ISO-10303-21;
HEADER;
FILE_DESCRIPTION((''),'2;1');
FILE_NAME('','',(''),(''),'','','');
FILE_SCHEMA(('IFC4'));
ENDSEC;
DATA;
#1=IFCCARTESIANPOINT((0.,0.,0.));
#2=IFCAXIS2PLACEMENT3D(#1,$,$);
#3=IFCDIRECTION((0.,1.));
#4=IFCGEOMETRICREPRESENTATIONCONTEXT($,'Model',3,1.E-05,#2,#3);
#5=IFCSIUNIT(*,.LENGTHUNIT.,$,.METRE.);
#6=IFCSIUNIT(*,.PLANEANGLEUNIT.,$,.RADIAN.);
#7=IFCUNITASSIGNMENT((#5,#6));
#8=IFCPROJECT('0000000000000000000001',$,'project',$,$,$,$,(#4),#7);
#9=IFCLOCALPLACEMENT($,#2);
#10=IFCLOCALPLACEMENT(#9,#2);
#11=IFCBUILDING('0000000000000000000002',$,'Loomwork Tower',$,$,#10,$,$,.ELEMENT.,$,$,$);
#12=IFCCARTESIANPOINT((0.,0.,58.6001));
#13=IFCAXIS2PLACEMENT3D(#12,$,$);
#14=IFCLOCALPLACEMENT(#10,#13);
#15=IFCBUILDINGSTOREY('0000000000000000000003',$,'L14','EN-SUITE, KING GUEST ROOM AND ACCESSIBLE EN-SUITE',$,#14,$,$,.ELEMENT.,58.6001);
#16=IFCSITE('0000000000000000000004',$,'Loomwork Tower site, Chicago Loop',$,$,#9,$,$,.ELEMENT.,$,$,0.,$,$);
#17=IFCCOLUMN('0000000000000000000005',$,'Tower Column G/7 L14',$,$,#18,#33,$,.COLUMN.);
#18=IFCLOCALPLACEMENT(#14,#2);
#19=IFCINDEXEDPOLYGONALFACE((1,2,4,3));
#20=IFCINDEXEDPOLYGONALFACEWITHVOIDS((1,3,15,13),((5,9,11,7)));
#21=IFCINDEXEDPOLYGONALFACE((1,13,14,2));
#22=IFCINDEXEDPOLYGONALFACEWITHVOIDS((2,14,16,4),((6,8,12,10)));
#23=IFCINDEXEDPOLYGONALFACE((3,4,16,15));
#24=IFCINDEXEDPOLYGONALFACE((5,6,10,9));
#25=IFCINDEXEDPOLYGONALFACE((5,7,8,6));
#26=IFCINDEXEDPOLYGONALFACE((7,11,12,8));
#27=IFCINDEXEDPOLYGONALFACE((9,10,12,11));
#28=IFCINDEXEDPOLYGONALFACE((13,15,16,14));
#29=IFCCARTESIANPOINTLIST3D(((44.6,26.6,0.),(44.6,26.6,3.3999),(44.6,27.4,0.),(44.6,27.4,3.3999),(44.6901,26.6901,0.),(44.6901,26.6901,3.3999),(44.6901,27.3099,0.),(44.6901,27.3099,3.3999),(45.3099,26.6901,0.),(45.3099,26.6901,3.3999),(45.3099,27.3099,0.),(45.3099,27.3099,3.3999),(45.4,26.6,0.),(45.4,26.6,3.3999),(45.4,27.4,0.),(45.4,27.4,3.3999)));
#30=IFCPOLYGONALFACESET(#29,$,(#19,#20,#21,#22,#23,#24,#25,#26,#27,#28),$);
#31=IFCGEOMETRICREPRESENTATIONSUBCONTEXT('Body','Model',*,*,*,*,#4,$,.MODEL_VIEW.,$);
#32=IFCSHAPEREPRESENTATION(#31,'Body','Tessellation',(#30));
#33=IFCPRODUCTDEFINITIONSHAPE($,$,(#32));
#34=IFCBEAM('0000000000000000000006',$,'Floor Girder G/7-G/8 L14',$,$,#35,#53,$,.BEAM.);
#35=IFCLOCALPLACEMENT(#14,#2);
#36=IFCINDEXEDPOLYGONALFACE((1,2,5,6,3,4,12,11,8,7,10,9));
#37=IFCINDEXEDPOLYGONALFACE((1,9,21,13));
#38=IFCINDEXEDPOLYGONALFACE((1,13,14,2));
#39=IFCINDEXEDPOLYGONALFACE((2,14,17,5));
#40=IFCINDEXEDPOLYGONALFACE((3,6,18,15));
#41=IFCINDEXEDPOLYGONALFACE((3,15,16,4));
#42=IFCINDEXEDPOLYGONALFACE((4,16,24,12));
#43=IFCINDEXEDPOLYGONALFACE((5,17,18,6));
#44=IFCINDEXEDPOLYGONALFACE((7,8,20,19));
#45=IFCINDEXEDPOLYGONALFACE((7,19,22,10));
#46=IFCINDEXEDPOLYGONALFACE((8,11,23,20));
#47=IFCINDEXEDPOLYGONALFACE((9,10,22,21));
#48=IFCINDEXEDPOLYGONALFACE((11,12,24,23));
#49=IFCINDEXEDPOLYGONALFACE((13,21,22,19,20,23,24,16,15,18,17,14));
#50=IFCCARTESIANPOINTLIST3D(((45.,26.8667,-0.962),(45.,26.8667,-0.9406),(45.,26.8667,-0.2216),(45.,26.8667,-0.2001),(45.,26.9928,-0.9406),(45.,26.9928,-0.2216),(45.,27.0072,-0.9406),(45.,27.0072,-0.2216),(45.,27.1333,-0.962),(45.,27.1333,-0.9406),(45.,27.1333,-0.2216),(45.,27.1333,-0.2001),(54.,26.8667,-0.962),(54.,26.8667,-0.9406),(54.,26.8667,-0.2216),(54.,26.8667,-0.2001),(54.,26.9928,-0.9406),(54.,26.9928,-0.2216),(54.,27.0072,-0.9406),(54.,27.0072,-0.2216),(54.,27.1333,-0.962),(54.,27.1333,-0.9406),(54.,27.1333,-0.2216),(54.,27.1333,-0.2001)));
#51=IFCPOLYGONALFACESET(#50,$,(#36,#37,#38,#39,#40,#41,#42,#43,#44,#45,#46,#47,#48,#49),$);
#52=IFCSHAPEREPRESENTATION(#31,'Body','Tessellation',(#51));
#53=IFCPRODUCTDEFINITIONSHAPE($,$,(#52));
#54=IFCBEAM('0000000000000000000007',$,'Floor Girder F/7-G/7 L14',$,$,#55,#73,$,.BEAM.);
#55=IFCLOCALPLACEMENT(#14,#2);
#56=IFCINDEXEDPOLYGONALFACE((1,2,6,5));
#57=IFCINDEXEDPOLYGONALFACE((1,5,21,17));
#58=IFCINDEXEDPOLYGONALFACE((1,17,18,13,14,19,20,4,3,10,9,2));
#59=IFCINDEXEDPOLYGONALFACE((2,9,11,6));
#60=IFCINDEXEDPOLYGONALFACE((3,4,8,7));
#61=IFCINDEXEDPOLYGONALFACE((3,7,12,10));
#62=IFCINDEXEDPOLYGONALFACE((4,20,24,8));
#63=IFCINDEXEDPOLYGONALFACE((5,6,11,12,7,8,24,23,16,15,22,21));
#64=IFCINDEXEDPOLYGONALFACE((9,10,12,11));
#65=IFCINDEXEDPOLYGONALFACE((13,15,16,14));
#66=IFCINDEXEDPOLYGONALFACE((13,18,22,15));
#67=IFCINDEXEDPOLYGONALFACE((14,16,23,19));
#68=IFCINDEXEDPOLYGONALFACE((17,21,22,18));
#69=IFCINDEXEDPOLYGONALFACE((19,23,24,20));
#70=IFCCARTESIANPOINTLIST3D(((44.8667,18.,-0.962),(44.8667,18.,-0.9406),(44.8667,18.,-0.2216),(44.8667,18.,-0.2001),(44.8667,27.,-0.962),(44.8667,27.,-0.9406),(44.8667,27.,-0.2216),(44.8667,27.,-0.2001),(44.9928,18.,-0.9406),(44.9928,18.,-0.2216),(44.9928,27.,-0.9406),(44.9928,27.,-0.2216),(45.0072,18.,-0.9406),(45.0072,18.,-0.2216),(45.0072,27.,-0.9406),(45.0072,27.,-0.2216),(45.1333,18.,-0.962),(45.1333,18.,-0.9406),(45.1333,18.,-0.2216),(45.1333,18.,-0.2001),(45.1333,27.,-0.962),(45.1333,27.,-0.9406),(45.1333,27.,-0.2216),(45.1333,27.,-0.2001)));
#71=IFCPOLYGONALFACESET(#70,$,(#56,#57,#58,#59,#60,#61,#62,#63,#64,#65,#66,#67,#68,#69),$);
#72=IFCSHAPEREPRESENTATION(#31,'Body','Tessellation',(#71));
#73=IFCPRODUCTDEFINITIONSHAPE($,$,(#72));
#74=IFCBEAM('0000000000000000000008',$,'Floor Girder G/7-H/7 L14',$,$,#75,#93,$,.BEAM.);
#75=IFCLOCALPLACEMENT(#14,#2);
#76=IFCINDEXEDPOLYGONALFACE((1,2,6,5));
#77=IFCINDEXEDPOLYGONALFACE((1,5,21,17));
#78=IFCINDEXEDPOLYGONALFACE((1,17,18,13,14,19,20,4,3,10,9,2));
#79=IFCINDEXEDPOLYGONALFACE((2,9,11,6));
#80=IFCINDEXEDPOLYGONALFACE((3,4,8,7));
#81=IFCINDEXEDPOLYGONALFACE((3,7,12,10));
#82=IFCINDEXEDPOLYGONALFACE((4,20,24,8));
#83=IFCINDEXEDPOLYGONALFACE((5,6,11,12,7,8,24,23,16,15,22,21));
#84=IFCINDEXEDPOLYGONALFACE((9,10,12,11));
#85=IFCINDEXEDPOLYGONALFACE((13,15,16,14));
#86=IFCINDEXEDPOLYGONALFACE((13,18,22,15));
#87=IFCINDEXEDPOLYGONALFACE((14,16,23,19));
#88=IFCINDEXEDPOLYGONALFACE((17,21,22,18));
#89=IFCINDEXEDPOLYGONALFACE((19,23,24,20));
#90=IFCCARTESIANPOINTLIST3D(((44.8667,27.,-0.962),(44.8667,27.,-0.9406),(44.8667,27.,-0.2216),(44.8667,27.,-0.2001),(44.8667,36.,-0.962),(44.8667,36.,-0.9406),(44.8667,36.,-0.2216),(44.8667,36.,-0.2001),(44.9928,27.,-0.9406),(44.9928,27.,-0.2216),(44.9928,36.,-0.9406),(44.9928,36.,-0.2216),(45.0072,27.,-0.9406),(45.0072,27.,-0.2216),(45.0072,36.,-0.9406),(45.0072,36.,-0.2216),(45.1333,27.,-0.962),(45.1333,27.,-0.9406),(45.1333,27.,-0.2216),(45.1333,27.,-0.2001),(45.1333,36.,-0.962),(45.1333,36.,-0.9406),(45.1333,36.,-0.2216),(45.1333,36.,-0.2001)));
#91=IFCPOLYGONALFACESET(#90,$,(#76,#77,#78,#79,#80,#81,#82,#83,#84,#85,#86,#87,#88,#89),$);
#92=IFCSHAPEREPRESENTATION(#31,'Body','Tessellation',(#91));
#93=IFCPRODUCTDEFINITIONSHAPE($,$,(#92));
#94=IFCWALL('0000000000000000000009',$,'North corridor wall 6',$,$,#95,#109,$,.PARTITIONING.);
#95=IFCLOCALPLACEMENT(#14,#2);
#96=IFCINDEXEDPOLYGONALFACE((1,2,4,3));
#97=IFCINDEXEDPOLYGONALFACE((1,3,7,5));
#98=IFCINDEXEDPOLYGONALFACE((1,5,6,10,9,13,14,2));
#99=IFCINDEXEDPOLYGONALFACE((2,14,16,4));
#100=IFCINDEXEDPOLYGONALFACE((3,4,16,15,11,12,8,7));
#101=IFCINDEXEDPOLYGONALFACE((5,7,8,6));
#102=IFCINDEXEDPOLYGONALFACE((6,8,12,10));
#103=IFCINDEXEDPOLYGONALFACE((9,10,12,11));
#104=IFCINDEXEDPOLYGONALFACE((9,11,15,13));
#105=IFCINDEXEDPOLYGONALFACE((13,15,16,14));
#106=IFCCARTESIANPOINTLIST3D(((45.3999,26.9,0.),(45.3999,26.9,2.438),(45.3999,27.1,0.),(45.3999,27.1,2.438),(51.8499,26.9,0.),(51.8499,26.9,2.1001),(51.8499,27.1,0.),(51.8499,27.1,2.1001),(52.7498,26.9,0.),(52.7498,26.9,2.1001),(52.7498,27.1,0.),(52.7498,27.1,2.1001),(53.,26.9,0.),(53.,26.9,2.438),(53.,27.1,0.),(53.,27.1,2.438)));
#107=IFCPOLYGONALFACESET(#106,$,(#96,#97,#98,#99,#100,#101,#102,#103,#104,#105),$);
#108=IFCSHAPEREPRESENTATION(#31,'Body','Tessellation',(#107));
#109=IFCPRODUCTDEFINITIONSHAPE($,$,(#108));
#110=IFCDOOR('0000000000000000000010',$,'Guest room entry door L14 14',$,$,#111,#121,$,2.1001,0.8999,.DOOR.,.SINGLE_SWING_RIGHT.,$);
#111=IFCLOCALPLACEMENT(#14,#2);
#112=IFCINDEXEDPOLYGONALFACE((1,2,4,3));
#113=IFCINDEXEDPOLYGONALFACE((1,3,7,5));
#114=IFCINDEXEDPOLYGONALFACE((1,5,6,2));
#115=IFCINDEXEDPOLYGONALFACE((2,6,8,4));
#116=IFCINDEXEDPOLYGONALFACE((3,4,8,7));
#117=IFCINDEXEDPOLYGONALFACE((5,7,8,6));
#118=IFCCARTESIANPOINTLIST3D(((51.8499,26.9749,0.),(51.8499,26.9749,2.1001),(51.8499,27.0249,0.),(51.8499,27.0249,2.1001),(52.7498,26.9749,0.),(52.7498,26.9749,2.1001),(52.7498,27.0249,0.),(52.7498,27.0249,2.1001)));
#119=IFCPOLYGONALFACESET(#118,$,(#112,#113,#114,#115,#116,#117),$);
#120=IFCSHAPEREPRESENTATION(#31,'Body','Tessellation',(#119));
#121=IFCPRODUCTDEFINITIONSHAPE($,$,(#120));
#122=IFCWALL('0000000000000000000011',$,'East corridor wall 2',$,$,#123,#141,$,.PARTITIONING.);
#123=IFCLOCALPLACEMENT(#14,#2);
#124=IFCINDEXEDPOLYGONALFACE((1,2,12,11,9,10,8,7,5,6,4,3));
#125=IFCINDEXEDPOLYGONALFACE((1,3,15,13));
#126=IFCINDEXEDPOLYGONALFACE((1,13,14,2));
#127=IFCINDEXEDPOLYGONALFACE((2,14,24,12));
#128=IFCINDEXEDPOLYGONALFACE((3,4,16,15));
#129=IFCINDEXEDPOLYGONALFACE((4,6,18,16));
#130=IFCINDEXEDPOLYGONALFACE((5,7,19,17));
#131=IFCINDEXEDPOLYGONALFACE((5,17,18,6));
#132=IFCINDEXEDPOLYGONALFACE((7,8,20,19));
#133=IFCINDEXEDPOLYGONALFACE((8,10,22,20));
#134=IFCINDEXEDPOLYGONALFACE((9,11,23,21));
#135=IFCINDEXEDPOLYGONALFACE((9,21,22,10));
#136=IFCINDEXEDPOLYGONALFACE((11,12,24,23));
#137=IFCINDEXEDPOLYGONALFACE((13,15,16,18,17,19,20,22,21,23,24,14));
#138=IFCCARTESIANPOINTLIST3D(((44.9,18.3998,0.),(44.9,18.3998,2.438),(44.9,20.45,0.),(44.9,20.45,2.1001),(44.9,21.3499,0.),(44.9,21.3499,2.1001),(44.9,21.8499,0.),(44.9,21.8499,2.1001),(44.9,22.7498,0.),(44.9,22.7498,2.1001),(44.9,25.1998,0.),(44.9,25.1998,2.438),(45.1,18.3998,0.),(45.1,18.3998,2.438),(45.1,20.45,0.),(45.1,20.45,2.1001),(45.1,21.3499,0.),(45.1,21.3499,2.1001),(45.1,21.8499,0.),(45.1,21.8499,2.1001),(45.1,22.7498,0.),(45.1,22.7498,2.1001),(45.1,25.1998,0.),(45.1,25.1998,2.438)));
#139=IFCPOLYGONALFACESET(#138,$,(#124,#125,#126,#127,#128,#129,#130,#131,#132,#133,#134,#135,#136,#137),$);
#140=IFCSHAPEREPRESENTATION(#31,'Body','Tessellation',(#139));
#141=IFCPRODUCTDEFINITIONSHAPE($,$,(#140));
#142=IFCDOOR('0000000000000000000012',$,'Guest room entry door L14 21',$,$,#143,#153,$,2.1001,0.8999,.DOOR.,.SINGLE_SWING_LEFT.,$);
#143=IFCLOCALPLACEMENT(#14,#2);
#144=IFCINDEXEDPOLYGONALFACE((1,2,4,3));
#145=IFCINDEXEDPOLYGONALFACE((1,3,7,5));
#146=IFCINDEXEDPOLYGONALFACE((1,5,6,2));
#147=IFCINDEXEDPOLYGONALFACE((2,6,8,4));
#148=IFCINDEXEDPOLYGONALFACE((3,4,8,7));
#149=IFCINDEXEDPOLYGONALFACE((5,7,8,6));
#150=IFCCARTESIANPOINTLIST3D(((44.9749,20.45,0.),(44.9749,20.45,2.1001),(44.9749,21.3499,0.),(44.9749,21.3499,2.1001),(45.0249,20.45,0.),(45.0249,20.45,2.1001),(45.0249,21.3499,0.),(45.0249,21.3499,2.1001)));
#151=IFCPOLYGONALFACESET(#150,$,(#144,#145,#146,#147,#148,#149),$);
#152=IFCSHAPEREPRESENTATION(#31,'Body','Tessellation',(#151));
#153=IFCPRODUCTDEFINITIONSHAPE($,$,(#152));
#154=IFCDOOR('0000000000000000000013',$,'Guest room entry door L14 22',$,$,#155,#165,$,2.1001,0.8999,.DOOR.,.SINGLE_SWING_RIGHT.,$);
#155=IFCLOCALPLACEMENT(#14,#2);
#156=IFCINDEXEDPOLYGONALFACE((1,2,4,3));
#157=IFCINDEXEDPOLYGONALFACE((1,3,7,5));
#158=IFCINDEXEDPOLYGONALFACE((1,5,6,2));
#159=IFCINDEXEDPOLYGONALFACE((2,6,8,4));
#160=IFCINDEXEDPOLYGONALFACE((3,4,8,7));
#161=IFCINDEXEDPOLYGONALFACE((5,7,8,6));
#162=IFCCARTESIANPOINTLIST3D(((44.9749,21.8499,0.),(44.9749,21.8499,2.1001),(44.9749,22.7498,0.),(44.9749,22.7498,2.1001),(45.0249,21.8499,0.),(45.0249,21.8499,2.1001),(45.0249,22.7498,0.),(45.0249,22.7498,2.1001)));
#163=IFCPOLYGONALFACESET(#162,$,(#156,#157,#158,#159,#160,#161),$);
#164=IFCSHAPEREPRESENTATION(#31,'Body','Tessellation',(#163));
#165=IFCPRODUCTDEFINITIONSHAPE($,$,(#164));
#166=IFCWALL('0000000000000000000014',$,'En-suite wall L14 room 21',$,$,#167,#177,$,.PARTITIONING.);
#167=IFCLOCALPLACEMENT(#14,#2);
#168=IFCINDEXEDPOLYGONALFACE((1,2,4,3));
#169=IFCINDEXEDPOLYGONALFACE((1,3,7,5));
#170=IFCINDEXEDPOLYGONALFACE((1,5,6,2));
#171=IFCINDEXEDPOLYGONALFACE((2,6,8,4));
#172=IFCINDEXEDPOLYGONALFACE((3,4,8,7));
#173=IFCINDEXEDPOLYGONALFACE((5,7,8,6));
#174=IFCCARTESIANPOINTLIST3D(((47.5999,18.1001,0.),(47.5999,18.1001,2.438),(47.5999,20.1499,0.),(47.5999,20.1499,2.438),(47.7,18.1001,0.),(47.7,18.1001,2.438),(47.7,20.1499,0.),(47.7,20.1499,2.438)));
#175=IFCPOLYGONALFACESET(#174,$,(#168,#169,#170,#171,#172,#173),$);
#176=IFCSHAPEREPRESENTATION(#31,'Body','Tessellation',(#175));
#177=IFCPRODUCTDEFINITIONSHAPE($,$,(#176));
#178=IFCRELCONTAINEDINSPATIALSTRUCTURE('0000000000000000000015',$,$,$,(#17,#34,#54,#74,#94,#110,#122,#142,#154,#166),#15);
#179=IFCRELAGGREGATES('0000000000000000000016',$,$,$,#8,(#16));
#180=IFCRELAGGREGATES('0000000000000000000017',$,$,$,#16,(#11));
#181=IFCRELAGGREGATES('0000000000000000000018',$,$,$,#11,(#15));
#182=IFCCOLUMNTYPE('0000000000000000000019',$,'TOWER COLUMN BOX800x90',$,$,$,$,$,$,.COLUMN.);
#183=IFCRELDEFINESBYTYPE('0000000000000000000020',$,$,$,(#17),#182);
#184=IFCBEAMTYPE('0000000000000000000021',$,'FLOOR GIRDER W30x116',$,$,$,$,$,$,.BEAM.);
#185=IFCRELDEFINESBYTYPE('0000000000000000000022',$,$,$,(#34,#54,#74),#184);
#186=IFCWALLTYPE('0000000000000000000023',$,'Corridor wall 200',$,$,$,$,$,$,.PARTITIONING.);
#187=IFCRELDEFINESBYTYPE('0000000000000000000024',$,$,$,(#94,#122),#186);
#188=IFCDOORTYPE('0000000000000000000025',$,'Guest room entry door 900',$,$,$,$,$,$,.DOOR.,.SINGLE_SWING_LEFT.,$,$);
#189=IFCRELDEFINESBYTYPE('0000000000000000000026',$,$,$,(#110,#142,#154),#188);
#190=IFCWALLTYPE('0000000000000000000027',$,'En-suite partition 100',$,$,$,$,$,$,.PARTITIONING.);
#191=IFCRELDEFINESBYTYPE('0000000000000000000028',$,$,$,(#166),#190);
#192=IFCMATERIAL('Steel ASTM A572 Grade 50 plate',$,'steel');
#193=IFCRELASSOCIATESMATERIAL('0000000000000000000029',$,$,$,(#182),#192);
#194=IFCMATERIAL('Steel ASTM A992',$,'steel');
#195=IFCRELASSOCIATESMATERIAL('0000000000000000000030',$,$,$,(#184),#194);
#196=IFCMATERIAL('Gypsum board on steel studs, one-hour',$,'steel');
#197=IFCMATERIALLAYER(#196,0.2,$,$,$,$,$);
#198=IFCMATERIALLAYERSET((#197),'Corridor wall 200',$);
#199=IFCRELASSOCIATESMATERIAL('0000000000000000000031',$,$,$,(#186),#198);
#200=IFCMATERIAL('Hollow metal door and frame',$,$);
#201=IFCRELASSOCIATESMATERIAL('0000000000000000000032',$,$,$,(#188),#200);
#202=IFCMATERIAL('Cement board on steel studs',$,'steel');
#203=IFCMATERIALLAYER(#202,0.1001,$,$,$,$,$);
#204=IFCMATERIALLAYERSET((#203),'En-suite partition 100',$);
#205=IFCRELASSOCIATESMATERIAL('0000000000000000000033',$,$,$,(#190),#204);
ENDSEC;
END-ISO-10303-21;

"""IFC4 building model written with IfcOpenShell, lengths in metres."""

from ifc_helpers import new_model, si_unit, direction, frame, frame_2d, origin, origin_2d, place, context, subcontext, project, spatial, rectangle, hollow_rectangle, i_section, extrude, material, layer, layer_set, material_profile, profile_set, type_object, element, fill, save


model = new_model("IFC4")

# Units and contexts
model_context = context("Model", 3, precision=1e-05, world=origin(), true_north=direction((0.0, 1.0)))
body_context = subcontext(model_context, "Body", "Model", "MODEL_VIEW")
ifc_project = project(units=[si_unit("LENGTHUNIT", "METRE"), si_unit("PLANEANGLEUNIT", "RADIAN")], contexts=[model_context])

# Site, building, storey
site_placement = place(None, origin())
site = spatial("IfcSite", under=ifc_project, at=site_placement, Name="Loomwork Tower site, Chicago Loop", CompositionType="ELEMENT", RefElevation=0.0)
building_placement = place(site_placement, origin())
building = spatial("IfcBuilding", under=site, at=building_placement, Name="Loomwork Tower", CompositionType="ELEMENT")
storey_placement = place(building_placement, frame((0.0, 0.0, 58.6001)))
storey = spatial("IfcBuildingStorey", under=building, at=storey_placement, Name="L14", Description="EN-SUITE, KING GUEST ROOM AND ACCESSIBLE EN-SUITE", CompositionType="ELEMENT", Elevation=58.6001)

# Column
ifc_material_1 = material(Name="Steel ASTM A572 Grade 50 plate", Category="steel")
ifc_material_profile_1 = material_profile(ifc_material_1, hollow_rectangle(XDim=0.8, YDim=0.8, WallThickness=0.0901, at=origin_2d()), Name="BOX800x90")
ifc_profile_set_1 = profile_set([ifc_material_profile_1], Name="Steel ASTM A572 Grade 50 plate")
column_type = type_object("IfcColumnType", Name="TOWER COLUMN BOX800x90", PredefinedType="COLUMN", material=ifc_profile_set_1)
column_placement = place(storey_placement, frame((45.0, 27.0, 0.0), z_axis=(0.0, 0.0, 1.0), x_axis=(0.0, 1.0, 0.0)))
element("IfcColumn", 1, at=column_placement, inside=storey, type_object=column_type, Name="Tower Column G/7 L14", PredefinedType="COLUMN", context=body_context, shape_type="SweptSolid", body=[
    extrude(hollow_rectangle(XDim=0.8, YDim=0.8, WallThickness=0.0901, at=origin_2d()), origin(), (0.0, 0.0, 1.0), 3.3999),
])

# Beams
ifc_material_2 = material(Name="Steel ASTM A992", Category="steel")
ifc_material_profile_2 = material_profile(ifc_material_2, i_section(OverallWidth=0.2666, OverallDepth=0.762, WebThickness=0.0144, FlangeThickness=0.0215, at=origin_2d()), Name="W30x116")
ifc_profile_set_2 = profile_set([ifc_material_profile_2], Name="Steel ASTM A992")
beam_type = type_object("IfcBeamType", Name="FLOOR GIRDER W30x116", PredefinedType="BEAM", material=ifc_profile_set_2)
for number, where, z_axis, x_axis, name in (
    (2, (45.0, 27.0, -0.5811), (1.0, 0.0, 0.0), (0.0, 1.0, 0.0), "Floor Girder G/7-G/8 L14"),
    (3, (45.0, 18.0, -0.5811), (0.0, 1.0, 0.0), (-1.0, 0.0, 0.0), "Floor Girder F/7-G/7 L14"),
    (4, (45.0, 27.0, -0.5811), (0.0, 1.0, 0.0), (-1.0, 0.0, 0.0), "Floor Girder G/7-H/7 L14"),
):
    element("IfcBeam", number, at=place(storey_placement, frame(where, z_axis=z_axis, x_axis=x_axis)), inside=storey, type_object=beam_type, Name=name, PredefinedType="BEAM", context=body_context, shape_type="SweptSolid", body=[
        extrude(i_section(OverallWidth=0.2666, OverallDepth=0.762, WebThickness=0.0144, FlangeThickness=0.0215, at=origin_2d()), origin(), (0.0, 0.0, 1.0), 9.0),
    ])

# Wall, opening, door
ifc_material_3 = material(Name="Gypsum board on steel studs, one-hour", Category="steel")
ifc_layer_1 = layer(ifc_material_3, 0.2)
ifc_layer_set_1 = layer_set([ifc_layer_1], Name="Corridor wall 200")
wall_type_1 = type_object("IfcWallType", Name="Corridor wall 200", PredefinedType="PARTITIONING", material=ifc_layer_set_1)
wall_1_placement = place(storey_placement, frame((45.3999, 27.0, 0.0), z_axis=(0.0, 0.0, 1.0), x_axis=(1.0, 0.0, 0.0)))
wall_1 = element("IfcWall", 5, at=wall_1_placement, inside=storey, type_object=wall_type_1, Name="North corridor wall 6", PredefinedType="PARTITIONING", context=body_context, shape_type="SweptSolid", body=[
    extrude(rectangle(XDim=7.6001, YDim=0.2, at=frame_2d((3.8, 0.0))), origin(), (0.0, 0.0, 1.0), 2.438),
])
opening_1_placement = place(wall_1_placement, frame((6.45, 0.0, 0.0)))
opening_1 = element("IfcOpeningElement", 6, at=opening_1_placement, cuts=wall_1, PredefinedType="OPENING", context=body_context, shape_type="SweptSolid", body=[
    extrude(rectangle(XDim=0.8999, YDim=2.1001, at=frame_2d((0.45, 1.05))), frame((0.0, 0.1099, 0.0), z_axis=(0.0, -1.0, 0.0), x_axis=(1.0, 0.0, 0.0)), (0.0, 0.0, 1.0), 0.22),
])
ifc_material_4 = material(Name="Hollow metal door and frame")
door_type_1 = type_object("IfcDoorType", Name="Guest room entry door 900", OperationType="SINGLE_SWING_LEFT", PredefinedType="DOOR", material=ifc_material_4)
door_1_placement = place(opening_1_placement, origin())
door_1 = element("IfcDoor", 7, at=door_1_placement, inside=storey, type_object=door_type_1, Name="Guest room entry door L14 14", OperationType="SINGLE_SWING_RIGHT", OverallHeight=2.1001, OverallWidth=0.8999, PredefinedType="DOOR", context=body_context, shape_type="SweptSolid", body=[
    extrude(rectangle(XDim=0.8999, YDim=2.1001, at=frame_2d((0.45, 1.05))), frame((0.0, 0.0249, 0.0), z_axis=(0.0, -1.0, 0.0), x_axis=(1.0, 0.0, 0.0)), (0.0, 0.0, 1.0), 0.05),
])
fill(opening_1, door_1)

# Wall, openings, doors
wall_2_placement = place(storey_placement, frame((45.0, 18.3999, 0.0), z_axis=(0.0, 0.0, 1.0), x_axis=(0.0, 1.0, 0.0)))
wall_2 = element("IfcWall", 8, at=wall_2_placement, inside=storey, type_object=wall_type_1, Name="East corridor wall 2", PredefinedType="PARTITIONING", context=body_context, shape_type="SweptSolid", body=[
    extrude(rectangle(XDim=6.8, YDim=0.2, at=frame_2d((3.3999, 0.0))), origin(), (0.0, 0.0, 1.0), 2.438),
])
opening_2_placement = place(wall_2_placement, frame((2.05, 0.0, 0.0)))
opening_2 = element("IfcOpeningElement", 9, at=opening_2_placement, cuts=wall_2, PredefinedType="OPENING", context=body_context, shape_type="SweptSolid", body=[
    extrude(rectangle(XDim=0.8999, YDim=2.1001, at=frame_2d((0.45, 1.05))), frame((0.0, 0.1099, 0.0), z_axis=(0.0, -1.0, 0.0), x_axis=(1.0, 0.0, 0.0)), (0.0, 0.0, 1.0), 0.22),
])
opening_3_placement = place(wall_2_placement, frame((3.45, 0.0, 0.0)))
opening_3 = element("IfcOpeningElement", 10, at=opening_3_placement, cuts=wall_2, PredefinedType="OPENING", context=body_context, shape_type="SweptSolid", body=[
    extrude(rectangle(XDim=0.8999, YDim=2.1001, at=frame_2d((0.45, 1.05))), frame((0.0, 0.1099, 0.0), z_axis=(0.0, -1.0, 0.0), x_axis=(1.0, 0.0, 0.0)), (0.0, 0.0, 1.0), 0.22),
])
door_2_placement = place(opening_2_placement, frame((0.8999, 0.0, 0.0), z_axis=(0.0, 0.0, 1.0), x_axis=(-1.0, 0.0, 0.0)))
door_2 = element("IfcDoor", 11, at=door_2_placement, inside=storey, type_object=door_type_1, Name="Guest room entry door L14 21", OperationType="SINGLE_SWING_LEFT", OverallHeight=2.1001, OverallWidth=0.8999, PredefinedType="DOOR", context=body_context, shape_type="SweptSolid", body=[
    extrude(rectangle(XDim=0.8999, YDim=2.1001, at=frame_2d((0.45, 1.05))), frame((0.0, 0.0249, 0.0), z_axis=(0.0, -1.0, 0.0), x_axis=(1.0, 0.0, 0.0)), (0.0, 0.0, 1.0), 0.05),
])
fill(opening_2, door_2)
door_3_placement = place(opening_3_placement, frame((0.8999, 0.0, 0.0), z_axis=(0.0, 0.0, 1.0), x_axis=(-1.0, 0.0, 0.0)))
door_3 = element("IfcDoor", 12, at=door_3_placement, inside=storey, type_object=door_type_1, Name="Guest room entry door L14 22", OperationType="SINGLE_SWING_RIGHT", OverallHeight=2.1001, OverallWidth=0.8999, PredefinedType="DOOR", context=body_context, shape_type="SweptSolid", body=[
    extrude(rectangle(XDim=0.8999, YDim=2.1001, at=frame_2d((0.45, 1.05))), frame((0.0, 0.0249, 0.0), z_axis=(0.0, -1.0, 0.0), x_axis=(1.0, 0.0, 0.0)), (0.0, 0.0, 1.0), 0.05),
])
fill(opening_3, door_3)

# Wall
ifc_material_5 = material(Name="Cement board on steel studs", Category="steel")
ifc_layer_2 = layer(ifc_material_5, 0.1001)
ifc_layer_set_2 = layer_set([ifc_layer_2], Name="En-suite partition 100")
wall_type_2 = type_object("IfcWallType", Name="En-suite partition 100", PredefinedType="PARTITIONING", material=ifc_layer_set_2)
wall_3_placement = place(storey_placement, frame((47.6499, 18.1001, 0.0), z_axis=(0.0, 0.0, 1.0), x_axis=(0.0, 1.0, 0.0)))
element("IfcWall", 13, at=wall_3_placement, inside=storey, type_object=wall_type_2, Name="En-suite wall L14 room 21", PredefinedType="PARTITIONING", context=body_context, shape_type="SweptSolid", body=[
    extrude(rectangle(XDim=2.0498, YDim=0.1001, at=frame_2d((1.0249, 0.0))), origin(), (0.0, 0.0, 1.0), 2.438),
])

save(model, "model.ifc")
